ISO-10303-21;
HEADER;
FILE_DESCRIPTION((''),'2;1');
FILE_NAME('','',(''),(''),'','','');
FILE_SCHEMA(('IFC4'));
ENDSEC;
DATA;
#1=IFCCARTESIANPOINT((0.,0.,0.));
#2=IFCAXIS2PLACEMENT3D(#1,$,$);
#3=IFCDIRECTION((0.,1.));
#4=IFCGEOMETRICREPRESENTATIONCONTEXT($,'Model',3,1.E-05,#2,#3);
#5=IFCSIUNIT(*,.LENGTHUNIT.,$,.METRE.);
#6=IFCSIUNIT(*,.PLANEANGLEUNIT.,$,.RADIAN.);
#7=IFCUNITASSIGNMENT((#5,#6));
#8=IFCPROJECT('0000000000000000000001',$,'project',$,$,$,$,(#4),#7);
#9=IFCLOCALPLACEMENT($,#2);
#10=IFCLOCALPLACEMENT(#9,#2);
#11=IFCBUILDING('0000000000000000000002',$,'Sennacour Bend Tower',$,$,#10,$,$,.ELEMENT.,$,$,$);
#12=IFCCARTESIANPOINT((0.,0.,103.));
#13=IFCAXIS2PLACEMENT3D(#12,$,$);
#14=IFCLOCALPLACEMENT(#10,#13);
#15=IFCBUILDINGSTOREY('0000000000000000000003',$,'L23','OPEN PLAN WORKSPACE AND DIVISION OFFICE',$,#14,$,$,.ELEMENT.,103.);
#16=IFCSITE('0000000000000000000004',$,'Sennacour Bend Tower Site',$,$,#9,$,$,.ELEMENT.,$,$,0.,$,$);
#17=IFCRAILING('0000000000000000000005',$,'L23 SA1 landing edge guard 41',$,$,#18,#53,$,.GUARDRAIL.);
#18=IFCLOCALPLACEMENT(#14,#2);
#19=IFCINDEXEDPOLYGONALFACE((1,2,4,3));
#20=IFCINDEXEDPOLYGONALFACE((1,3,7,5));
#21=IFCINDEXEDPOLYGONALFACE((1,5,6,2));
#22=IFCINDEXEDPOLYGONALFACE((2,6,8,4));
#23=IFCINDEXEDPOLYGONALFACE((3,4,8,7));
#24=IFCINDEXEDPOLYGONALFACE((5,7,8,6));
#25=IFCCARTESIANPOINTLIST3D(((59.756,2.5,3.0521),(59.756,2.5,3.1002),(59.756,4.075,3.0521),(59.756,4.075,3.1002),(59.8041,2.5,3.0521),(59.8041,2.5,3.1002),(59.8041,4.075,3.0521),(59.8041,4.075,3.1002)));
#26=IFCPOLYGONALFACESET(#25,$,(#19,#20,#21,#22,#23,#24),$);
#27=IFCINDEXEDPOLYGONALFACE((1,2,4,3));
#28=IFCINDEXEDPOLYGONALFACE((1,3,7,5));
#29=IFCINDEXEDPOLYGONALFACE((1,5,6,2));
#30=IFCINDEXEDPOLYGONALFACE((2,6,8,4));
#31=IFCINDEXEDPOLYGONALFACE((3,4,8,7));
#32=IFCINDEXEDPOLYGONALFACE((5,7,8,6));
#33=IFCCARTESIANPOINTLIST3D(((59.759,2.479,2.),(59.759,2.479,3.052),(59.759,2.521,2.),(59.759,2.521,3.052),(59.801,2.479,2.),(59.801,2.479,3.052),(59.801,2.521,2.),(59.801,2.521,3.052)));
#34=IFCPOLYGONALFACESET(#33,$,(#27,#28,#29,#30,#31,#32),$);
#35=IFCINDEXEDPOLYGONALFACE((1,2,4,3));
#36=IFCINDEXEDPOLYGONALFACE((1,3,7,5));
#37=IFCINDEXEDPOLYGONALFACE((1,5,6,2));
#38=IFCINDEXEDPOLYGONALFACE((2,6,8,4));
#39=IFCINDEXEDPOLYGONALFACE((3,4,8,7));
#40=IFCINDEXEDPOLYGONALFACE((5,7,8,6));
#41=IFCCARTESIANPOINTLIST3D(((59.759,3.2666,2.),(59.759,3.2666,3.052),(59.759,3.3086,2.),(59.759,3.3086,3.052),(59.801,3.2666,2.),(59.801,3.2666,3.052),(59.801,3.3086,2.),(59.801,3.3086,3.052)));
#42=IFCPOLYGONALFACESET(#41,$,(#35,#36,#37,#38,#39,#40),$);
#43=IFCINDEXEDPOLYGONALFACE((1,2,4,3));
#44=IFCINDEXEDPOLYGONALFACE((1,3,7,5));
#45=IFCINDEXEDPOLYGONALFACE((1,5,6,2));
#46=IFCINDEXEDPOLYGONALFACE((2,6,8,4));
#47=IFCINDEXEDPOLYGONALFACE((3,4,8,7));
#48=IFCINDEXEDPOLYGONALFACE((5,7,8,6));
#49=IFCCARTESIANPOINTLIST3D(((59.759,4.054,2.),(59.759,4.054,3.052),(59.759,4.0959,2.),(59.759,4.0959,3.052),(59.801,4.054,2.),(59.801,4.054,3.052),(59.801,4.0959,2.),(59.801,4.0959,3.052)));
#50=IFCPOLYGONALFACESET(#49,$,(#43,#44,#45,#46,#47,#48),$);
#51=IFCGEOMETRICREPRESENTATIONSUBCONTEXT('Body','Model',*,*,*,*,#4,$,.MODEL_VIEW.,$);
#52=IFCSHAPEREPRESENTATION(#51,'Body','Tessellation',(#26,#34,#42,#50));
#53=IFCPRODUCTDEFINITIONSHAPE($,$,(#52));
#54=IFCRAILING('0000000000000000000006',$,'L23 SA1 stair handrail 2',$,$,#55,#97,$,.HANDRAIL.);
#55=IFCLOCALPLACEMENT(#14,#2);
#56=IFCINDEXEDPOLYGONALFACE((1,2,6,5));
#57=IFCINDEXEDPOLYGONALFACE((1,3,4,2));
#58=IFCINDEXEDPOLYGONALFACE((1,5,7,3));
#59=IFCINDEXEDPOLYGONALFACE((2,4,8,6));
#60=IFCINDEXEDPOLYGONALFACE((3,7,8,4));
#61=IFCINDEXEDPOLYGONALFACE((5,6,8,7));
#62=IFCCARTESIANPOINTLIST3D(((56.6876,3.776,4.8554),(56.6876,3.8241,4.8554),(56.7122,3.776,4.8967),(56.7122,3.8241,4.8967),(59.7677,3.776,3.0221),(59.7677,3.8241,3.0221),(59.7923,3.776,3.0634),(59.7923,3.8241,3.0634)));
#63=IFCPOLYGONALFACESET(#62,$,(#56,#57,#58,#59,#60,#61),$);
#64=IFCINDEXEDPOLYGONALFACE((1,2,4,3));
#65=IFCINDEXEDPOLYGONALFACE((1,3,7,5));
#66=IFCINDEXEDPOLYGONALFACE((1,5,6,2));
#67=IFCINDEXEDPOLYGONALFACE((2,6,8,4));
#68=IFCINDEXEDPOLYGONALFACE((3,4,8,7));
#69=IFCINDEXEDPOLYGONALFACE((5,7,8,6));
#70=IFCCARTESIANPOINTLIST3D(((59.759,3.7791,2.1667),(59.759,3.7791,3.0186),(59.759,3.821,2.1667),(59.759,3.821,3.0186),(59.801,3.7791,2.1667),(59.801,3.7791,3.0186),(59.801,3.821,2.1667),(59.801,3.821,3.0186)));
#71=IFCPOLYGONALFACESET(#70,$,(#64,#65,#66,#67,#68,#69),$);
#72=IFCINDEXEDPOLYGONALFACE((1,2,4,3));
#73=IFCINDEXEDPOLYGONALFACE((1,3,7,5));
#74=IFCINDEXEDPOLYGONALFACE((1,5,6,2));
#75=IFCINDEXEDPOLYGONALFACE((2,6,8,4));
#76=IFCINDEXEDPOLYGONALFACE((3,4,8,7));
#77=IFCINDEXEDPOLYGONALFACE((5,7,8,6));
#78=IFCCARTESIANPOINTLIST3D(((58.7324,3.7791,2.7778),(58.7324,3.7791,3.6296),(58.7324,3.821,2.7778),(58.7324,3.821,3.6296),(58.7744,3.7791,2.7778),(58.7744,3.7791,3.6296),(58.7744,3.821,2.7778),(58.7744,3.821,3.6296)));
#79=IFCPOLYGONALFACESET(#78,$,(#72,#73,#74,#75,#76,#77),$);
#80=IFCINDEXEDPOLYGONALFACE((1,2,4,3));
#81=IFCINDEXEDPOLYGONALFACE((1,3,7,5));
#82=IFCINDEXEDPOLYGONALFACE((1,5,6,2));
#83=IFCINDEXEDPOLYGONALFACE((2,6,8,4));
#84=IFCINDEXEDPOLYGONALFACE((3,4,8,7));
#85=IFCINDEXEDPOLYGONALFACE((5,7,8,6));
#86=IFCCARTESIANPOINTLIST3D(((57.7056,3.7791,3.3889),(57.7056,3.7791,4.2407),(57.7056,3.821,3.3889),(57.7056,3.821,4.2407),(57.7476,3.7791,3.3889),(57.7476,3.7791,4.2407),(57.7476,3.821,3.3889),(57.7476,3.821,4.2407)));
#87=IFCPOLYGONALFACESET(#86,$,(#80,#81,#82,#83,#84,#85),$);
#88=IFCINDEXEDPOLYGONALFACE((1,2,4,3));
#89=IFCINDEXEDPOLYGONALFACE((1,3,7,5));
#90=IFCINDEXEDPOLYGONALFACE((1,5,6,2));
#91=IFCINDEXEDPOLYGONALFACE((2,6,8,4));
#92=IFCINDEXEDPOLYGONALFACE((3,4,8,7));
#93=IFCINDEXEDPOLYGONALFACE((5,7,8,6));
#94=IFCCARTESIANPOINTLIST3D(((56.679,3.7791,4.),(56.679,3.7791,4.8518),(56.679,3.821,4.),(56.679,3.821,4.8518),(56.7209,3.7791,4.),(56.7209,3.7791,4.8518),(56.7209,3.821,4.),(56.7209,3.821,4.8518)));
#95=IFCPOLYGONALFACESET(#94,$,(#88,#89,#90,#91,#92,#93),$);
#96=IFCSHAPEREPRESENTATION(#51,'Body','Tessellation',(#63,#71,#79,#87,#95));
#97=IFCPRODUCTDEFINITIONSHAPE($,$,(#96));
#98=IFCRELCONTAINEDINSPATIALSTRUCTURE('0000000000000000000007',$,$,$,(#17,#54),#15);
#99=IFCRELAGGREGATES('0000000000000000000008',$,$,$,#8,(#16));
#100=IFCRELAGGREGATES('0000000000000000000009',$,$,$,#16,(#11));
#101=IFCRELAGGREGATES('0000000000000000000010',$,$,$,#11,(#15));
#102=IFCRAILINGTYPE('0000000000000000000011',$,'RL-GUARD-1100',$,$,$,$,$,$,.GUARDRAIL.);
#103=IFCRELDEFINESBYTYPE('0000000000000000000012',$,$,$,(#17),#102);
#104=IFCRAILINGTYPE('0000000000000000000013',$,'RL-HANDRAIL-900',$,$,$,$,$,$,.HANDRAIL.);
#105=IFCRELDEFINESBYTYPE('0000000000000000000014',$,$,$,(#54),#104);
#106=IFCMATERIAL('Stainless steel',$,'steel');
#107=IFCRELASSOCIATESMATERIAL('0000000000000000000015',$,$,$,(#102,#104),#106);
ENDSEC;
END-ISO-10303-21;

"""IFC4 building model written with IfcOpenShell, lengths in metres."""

from ifc_helpers import new_model, si_unit, direction, frame, origin, origin_2d, place, context, subcontext, project, spatial, rectangle, extrude, material, type_object, element, save


model = new_model("IFC4")

# Units and contexts
model_context = context("Model", 3, precision=1e-05, world=origin(), true_north=direction((0.0, 1.0)))
body_context = subcontext(model_context, "Body", "Model", "MODEL_VIEW")
ifc_project = project(units=[si_unit("LENGTHUNIT", "METRE"), si_unit("PLANEANGLEUNIT", "RADIAN")], contexts=[model_context])

# Site, building, storey
site_placement = place(None, origin())
site = spatial("IfcSite", under=ifc_project, at=site_placement, Name="Sennacour Bend Tower Site", CompositionType="ELEMENT", RefElevation=0.0)
building_placement = place(site_placement, origin())
building = spatial("IfcBuilding", under=site, at=building_placement, Name="Sennacour Bend Tower", CompositionType="ELEMENT")
storey_placement = place(building_placement, frame((0.0, 0.0, 103.0)))
storey = spatial("IfcBuildingStorey", under=building, at=storey_placement, Name="L23", Description="OPEN PLAN WORKSPACE AND DIVISION OFFICE", CompositionType="ELEMENT", Elevation=103.0)

# Shared definitions
ifc_material_1 = material(Name="Stainless steel", Category="steel")

# Railings
railing_type_1 = type_object("IfcRailingType", Name="RL-GUARD-1100", PredefinedType="GUARDRAIL", material=ifc_material_1)
railing_1_placement = place(storey_placement, frame((59.78, 2.5, 2.0)))
element("IfcRailing", 1, at=railing_1_placement, inside=storey, type_object=railing_type_1, Name="L23 SA1 landing edge guard 41", PredefinedType="GUARDRAIL", context=body_context, shape_type="SweptSolid", body=[
    extrude(rectangle(XDim=0.0481, YDim=0.0481, at=origin_2d()), frame((0.0, 0.0, 1.0762), z_axis=(0.0, 1.0, 0.0), x_axis=(-1.0, 0.0, 0.0)), (0.0, 0.0, 1.0), 1.575),
    extrude(rectangle(XDim=0.042, YDim=0.042, at=origin_2d()), origin(), (0.0, 0.0, 1.0), 1.052),
    extrude(rectangle(XDim=0.042, YDim=0.042, at=origin_2d()), frame((0.0, 0.7876, 0.0)), (0.0, 0.0, 1.0), 1.052),
    extrude(rectangle(XDim=0.042, YDim=0.042, at=origin_2d()), frame((0.0, 1.575, 0.0)), (0.0, 0.0, 1.0), 1.052),
])
railing_type_2 = type_object("IfcRailingType", Name="RL-HANDRAIL-900", PredefinedType="HANDRAIL", material=ifc_material_1)
railing_2_placement = place(storey_placement, frame((59.78, 3.8, 2.1667)))
element("IfcRailing", 2, at=railing_2_placement, inside=storey, type_object=railing_type_2, Name="L23 SA1 stair handrail 2", PredefinedType="HANDRAIL", context=body_context, shape_type="SweptSolid", body=[
    extrude(rectangle(XDim=0.0481, YDim=0.0481, at=origin_2d()), frame((0.0, 0.0, 0.876), z_axis=(-0.859309, 0.0, 0.511458), x_axis=(0.0, -1.0, 0.0)), (0.0, 0.0, 1.0), 3.5845),
    extrude(rectangle(XDim=0.042, YDim=0.042, at=origin_2d()), origin(), (0.0, 0.0, 1.0), 0.8518),
    extrude(rectangle(XDim=0.042, YDim=0.042, at=origin_2d()), frame((-1.0266, 0.0, 0.6111)), (0.0, 0.0, 1.0), 0.8518),
    extrude(rectangle(XDim=0.042, YDim=0.042, at=origin_2d()), frame((-2.0535, 0.0, 1.2222)), (0.0, 0.0, 1.0), 0.8518),
    extrude(rectangle(XDim=0.042, YDim=0.042, at=origin_2d()), frame((-3.0801, 0.0, 1.8333)), (0.0, 0.0, 1.0), 0.8518),
])

save(model, "model.ifc")
